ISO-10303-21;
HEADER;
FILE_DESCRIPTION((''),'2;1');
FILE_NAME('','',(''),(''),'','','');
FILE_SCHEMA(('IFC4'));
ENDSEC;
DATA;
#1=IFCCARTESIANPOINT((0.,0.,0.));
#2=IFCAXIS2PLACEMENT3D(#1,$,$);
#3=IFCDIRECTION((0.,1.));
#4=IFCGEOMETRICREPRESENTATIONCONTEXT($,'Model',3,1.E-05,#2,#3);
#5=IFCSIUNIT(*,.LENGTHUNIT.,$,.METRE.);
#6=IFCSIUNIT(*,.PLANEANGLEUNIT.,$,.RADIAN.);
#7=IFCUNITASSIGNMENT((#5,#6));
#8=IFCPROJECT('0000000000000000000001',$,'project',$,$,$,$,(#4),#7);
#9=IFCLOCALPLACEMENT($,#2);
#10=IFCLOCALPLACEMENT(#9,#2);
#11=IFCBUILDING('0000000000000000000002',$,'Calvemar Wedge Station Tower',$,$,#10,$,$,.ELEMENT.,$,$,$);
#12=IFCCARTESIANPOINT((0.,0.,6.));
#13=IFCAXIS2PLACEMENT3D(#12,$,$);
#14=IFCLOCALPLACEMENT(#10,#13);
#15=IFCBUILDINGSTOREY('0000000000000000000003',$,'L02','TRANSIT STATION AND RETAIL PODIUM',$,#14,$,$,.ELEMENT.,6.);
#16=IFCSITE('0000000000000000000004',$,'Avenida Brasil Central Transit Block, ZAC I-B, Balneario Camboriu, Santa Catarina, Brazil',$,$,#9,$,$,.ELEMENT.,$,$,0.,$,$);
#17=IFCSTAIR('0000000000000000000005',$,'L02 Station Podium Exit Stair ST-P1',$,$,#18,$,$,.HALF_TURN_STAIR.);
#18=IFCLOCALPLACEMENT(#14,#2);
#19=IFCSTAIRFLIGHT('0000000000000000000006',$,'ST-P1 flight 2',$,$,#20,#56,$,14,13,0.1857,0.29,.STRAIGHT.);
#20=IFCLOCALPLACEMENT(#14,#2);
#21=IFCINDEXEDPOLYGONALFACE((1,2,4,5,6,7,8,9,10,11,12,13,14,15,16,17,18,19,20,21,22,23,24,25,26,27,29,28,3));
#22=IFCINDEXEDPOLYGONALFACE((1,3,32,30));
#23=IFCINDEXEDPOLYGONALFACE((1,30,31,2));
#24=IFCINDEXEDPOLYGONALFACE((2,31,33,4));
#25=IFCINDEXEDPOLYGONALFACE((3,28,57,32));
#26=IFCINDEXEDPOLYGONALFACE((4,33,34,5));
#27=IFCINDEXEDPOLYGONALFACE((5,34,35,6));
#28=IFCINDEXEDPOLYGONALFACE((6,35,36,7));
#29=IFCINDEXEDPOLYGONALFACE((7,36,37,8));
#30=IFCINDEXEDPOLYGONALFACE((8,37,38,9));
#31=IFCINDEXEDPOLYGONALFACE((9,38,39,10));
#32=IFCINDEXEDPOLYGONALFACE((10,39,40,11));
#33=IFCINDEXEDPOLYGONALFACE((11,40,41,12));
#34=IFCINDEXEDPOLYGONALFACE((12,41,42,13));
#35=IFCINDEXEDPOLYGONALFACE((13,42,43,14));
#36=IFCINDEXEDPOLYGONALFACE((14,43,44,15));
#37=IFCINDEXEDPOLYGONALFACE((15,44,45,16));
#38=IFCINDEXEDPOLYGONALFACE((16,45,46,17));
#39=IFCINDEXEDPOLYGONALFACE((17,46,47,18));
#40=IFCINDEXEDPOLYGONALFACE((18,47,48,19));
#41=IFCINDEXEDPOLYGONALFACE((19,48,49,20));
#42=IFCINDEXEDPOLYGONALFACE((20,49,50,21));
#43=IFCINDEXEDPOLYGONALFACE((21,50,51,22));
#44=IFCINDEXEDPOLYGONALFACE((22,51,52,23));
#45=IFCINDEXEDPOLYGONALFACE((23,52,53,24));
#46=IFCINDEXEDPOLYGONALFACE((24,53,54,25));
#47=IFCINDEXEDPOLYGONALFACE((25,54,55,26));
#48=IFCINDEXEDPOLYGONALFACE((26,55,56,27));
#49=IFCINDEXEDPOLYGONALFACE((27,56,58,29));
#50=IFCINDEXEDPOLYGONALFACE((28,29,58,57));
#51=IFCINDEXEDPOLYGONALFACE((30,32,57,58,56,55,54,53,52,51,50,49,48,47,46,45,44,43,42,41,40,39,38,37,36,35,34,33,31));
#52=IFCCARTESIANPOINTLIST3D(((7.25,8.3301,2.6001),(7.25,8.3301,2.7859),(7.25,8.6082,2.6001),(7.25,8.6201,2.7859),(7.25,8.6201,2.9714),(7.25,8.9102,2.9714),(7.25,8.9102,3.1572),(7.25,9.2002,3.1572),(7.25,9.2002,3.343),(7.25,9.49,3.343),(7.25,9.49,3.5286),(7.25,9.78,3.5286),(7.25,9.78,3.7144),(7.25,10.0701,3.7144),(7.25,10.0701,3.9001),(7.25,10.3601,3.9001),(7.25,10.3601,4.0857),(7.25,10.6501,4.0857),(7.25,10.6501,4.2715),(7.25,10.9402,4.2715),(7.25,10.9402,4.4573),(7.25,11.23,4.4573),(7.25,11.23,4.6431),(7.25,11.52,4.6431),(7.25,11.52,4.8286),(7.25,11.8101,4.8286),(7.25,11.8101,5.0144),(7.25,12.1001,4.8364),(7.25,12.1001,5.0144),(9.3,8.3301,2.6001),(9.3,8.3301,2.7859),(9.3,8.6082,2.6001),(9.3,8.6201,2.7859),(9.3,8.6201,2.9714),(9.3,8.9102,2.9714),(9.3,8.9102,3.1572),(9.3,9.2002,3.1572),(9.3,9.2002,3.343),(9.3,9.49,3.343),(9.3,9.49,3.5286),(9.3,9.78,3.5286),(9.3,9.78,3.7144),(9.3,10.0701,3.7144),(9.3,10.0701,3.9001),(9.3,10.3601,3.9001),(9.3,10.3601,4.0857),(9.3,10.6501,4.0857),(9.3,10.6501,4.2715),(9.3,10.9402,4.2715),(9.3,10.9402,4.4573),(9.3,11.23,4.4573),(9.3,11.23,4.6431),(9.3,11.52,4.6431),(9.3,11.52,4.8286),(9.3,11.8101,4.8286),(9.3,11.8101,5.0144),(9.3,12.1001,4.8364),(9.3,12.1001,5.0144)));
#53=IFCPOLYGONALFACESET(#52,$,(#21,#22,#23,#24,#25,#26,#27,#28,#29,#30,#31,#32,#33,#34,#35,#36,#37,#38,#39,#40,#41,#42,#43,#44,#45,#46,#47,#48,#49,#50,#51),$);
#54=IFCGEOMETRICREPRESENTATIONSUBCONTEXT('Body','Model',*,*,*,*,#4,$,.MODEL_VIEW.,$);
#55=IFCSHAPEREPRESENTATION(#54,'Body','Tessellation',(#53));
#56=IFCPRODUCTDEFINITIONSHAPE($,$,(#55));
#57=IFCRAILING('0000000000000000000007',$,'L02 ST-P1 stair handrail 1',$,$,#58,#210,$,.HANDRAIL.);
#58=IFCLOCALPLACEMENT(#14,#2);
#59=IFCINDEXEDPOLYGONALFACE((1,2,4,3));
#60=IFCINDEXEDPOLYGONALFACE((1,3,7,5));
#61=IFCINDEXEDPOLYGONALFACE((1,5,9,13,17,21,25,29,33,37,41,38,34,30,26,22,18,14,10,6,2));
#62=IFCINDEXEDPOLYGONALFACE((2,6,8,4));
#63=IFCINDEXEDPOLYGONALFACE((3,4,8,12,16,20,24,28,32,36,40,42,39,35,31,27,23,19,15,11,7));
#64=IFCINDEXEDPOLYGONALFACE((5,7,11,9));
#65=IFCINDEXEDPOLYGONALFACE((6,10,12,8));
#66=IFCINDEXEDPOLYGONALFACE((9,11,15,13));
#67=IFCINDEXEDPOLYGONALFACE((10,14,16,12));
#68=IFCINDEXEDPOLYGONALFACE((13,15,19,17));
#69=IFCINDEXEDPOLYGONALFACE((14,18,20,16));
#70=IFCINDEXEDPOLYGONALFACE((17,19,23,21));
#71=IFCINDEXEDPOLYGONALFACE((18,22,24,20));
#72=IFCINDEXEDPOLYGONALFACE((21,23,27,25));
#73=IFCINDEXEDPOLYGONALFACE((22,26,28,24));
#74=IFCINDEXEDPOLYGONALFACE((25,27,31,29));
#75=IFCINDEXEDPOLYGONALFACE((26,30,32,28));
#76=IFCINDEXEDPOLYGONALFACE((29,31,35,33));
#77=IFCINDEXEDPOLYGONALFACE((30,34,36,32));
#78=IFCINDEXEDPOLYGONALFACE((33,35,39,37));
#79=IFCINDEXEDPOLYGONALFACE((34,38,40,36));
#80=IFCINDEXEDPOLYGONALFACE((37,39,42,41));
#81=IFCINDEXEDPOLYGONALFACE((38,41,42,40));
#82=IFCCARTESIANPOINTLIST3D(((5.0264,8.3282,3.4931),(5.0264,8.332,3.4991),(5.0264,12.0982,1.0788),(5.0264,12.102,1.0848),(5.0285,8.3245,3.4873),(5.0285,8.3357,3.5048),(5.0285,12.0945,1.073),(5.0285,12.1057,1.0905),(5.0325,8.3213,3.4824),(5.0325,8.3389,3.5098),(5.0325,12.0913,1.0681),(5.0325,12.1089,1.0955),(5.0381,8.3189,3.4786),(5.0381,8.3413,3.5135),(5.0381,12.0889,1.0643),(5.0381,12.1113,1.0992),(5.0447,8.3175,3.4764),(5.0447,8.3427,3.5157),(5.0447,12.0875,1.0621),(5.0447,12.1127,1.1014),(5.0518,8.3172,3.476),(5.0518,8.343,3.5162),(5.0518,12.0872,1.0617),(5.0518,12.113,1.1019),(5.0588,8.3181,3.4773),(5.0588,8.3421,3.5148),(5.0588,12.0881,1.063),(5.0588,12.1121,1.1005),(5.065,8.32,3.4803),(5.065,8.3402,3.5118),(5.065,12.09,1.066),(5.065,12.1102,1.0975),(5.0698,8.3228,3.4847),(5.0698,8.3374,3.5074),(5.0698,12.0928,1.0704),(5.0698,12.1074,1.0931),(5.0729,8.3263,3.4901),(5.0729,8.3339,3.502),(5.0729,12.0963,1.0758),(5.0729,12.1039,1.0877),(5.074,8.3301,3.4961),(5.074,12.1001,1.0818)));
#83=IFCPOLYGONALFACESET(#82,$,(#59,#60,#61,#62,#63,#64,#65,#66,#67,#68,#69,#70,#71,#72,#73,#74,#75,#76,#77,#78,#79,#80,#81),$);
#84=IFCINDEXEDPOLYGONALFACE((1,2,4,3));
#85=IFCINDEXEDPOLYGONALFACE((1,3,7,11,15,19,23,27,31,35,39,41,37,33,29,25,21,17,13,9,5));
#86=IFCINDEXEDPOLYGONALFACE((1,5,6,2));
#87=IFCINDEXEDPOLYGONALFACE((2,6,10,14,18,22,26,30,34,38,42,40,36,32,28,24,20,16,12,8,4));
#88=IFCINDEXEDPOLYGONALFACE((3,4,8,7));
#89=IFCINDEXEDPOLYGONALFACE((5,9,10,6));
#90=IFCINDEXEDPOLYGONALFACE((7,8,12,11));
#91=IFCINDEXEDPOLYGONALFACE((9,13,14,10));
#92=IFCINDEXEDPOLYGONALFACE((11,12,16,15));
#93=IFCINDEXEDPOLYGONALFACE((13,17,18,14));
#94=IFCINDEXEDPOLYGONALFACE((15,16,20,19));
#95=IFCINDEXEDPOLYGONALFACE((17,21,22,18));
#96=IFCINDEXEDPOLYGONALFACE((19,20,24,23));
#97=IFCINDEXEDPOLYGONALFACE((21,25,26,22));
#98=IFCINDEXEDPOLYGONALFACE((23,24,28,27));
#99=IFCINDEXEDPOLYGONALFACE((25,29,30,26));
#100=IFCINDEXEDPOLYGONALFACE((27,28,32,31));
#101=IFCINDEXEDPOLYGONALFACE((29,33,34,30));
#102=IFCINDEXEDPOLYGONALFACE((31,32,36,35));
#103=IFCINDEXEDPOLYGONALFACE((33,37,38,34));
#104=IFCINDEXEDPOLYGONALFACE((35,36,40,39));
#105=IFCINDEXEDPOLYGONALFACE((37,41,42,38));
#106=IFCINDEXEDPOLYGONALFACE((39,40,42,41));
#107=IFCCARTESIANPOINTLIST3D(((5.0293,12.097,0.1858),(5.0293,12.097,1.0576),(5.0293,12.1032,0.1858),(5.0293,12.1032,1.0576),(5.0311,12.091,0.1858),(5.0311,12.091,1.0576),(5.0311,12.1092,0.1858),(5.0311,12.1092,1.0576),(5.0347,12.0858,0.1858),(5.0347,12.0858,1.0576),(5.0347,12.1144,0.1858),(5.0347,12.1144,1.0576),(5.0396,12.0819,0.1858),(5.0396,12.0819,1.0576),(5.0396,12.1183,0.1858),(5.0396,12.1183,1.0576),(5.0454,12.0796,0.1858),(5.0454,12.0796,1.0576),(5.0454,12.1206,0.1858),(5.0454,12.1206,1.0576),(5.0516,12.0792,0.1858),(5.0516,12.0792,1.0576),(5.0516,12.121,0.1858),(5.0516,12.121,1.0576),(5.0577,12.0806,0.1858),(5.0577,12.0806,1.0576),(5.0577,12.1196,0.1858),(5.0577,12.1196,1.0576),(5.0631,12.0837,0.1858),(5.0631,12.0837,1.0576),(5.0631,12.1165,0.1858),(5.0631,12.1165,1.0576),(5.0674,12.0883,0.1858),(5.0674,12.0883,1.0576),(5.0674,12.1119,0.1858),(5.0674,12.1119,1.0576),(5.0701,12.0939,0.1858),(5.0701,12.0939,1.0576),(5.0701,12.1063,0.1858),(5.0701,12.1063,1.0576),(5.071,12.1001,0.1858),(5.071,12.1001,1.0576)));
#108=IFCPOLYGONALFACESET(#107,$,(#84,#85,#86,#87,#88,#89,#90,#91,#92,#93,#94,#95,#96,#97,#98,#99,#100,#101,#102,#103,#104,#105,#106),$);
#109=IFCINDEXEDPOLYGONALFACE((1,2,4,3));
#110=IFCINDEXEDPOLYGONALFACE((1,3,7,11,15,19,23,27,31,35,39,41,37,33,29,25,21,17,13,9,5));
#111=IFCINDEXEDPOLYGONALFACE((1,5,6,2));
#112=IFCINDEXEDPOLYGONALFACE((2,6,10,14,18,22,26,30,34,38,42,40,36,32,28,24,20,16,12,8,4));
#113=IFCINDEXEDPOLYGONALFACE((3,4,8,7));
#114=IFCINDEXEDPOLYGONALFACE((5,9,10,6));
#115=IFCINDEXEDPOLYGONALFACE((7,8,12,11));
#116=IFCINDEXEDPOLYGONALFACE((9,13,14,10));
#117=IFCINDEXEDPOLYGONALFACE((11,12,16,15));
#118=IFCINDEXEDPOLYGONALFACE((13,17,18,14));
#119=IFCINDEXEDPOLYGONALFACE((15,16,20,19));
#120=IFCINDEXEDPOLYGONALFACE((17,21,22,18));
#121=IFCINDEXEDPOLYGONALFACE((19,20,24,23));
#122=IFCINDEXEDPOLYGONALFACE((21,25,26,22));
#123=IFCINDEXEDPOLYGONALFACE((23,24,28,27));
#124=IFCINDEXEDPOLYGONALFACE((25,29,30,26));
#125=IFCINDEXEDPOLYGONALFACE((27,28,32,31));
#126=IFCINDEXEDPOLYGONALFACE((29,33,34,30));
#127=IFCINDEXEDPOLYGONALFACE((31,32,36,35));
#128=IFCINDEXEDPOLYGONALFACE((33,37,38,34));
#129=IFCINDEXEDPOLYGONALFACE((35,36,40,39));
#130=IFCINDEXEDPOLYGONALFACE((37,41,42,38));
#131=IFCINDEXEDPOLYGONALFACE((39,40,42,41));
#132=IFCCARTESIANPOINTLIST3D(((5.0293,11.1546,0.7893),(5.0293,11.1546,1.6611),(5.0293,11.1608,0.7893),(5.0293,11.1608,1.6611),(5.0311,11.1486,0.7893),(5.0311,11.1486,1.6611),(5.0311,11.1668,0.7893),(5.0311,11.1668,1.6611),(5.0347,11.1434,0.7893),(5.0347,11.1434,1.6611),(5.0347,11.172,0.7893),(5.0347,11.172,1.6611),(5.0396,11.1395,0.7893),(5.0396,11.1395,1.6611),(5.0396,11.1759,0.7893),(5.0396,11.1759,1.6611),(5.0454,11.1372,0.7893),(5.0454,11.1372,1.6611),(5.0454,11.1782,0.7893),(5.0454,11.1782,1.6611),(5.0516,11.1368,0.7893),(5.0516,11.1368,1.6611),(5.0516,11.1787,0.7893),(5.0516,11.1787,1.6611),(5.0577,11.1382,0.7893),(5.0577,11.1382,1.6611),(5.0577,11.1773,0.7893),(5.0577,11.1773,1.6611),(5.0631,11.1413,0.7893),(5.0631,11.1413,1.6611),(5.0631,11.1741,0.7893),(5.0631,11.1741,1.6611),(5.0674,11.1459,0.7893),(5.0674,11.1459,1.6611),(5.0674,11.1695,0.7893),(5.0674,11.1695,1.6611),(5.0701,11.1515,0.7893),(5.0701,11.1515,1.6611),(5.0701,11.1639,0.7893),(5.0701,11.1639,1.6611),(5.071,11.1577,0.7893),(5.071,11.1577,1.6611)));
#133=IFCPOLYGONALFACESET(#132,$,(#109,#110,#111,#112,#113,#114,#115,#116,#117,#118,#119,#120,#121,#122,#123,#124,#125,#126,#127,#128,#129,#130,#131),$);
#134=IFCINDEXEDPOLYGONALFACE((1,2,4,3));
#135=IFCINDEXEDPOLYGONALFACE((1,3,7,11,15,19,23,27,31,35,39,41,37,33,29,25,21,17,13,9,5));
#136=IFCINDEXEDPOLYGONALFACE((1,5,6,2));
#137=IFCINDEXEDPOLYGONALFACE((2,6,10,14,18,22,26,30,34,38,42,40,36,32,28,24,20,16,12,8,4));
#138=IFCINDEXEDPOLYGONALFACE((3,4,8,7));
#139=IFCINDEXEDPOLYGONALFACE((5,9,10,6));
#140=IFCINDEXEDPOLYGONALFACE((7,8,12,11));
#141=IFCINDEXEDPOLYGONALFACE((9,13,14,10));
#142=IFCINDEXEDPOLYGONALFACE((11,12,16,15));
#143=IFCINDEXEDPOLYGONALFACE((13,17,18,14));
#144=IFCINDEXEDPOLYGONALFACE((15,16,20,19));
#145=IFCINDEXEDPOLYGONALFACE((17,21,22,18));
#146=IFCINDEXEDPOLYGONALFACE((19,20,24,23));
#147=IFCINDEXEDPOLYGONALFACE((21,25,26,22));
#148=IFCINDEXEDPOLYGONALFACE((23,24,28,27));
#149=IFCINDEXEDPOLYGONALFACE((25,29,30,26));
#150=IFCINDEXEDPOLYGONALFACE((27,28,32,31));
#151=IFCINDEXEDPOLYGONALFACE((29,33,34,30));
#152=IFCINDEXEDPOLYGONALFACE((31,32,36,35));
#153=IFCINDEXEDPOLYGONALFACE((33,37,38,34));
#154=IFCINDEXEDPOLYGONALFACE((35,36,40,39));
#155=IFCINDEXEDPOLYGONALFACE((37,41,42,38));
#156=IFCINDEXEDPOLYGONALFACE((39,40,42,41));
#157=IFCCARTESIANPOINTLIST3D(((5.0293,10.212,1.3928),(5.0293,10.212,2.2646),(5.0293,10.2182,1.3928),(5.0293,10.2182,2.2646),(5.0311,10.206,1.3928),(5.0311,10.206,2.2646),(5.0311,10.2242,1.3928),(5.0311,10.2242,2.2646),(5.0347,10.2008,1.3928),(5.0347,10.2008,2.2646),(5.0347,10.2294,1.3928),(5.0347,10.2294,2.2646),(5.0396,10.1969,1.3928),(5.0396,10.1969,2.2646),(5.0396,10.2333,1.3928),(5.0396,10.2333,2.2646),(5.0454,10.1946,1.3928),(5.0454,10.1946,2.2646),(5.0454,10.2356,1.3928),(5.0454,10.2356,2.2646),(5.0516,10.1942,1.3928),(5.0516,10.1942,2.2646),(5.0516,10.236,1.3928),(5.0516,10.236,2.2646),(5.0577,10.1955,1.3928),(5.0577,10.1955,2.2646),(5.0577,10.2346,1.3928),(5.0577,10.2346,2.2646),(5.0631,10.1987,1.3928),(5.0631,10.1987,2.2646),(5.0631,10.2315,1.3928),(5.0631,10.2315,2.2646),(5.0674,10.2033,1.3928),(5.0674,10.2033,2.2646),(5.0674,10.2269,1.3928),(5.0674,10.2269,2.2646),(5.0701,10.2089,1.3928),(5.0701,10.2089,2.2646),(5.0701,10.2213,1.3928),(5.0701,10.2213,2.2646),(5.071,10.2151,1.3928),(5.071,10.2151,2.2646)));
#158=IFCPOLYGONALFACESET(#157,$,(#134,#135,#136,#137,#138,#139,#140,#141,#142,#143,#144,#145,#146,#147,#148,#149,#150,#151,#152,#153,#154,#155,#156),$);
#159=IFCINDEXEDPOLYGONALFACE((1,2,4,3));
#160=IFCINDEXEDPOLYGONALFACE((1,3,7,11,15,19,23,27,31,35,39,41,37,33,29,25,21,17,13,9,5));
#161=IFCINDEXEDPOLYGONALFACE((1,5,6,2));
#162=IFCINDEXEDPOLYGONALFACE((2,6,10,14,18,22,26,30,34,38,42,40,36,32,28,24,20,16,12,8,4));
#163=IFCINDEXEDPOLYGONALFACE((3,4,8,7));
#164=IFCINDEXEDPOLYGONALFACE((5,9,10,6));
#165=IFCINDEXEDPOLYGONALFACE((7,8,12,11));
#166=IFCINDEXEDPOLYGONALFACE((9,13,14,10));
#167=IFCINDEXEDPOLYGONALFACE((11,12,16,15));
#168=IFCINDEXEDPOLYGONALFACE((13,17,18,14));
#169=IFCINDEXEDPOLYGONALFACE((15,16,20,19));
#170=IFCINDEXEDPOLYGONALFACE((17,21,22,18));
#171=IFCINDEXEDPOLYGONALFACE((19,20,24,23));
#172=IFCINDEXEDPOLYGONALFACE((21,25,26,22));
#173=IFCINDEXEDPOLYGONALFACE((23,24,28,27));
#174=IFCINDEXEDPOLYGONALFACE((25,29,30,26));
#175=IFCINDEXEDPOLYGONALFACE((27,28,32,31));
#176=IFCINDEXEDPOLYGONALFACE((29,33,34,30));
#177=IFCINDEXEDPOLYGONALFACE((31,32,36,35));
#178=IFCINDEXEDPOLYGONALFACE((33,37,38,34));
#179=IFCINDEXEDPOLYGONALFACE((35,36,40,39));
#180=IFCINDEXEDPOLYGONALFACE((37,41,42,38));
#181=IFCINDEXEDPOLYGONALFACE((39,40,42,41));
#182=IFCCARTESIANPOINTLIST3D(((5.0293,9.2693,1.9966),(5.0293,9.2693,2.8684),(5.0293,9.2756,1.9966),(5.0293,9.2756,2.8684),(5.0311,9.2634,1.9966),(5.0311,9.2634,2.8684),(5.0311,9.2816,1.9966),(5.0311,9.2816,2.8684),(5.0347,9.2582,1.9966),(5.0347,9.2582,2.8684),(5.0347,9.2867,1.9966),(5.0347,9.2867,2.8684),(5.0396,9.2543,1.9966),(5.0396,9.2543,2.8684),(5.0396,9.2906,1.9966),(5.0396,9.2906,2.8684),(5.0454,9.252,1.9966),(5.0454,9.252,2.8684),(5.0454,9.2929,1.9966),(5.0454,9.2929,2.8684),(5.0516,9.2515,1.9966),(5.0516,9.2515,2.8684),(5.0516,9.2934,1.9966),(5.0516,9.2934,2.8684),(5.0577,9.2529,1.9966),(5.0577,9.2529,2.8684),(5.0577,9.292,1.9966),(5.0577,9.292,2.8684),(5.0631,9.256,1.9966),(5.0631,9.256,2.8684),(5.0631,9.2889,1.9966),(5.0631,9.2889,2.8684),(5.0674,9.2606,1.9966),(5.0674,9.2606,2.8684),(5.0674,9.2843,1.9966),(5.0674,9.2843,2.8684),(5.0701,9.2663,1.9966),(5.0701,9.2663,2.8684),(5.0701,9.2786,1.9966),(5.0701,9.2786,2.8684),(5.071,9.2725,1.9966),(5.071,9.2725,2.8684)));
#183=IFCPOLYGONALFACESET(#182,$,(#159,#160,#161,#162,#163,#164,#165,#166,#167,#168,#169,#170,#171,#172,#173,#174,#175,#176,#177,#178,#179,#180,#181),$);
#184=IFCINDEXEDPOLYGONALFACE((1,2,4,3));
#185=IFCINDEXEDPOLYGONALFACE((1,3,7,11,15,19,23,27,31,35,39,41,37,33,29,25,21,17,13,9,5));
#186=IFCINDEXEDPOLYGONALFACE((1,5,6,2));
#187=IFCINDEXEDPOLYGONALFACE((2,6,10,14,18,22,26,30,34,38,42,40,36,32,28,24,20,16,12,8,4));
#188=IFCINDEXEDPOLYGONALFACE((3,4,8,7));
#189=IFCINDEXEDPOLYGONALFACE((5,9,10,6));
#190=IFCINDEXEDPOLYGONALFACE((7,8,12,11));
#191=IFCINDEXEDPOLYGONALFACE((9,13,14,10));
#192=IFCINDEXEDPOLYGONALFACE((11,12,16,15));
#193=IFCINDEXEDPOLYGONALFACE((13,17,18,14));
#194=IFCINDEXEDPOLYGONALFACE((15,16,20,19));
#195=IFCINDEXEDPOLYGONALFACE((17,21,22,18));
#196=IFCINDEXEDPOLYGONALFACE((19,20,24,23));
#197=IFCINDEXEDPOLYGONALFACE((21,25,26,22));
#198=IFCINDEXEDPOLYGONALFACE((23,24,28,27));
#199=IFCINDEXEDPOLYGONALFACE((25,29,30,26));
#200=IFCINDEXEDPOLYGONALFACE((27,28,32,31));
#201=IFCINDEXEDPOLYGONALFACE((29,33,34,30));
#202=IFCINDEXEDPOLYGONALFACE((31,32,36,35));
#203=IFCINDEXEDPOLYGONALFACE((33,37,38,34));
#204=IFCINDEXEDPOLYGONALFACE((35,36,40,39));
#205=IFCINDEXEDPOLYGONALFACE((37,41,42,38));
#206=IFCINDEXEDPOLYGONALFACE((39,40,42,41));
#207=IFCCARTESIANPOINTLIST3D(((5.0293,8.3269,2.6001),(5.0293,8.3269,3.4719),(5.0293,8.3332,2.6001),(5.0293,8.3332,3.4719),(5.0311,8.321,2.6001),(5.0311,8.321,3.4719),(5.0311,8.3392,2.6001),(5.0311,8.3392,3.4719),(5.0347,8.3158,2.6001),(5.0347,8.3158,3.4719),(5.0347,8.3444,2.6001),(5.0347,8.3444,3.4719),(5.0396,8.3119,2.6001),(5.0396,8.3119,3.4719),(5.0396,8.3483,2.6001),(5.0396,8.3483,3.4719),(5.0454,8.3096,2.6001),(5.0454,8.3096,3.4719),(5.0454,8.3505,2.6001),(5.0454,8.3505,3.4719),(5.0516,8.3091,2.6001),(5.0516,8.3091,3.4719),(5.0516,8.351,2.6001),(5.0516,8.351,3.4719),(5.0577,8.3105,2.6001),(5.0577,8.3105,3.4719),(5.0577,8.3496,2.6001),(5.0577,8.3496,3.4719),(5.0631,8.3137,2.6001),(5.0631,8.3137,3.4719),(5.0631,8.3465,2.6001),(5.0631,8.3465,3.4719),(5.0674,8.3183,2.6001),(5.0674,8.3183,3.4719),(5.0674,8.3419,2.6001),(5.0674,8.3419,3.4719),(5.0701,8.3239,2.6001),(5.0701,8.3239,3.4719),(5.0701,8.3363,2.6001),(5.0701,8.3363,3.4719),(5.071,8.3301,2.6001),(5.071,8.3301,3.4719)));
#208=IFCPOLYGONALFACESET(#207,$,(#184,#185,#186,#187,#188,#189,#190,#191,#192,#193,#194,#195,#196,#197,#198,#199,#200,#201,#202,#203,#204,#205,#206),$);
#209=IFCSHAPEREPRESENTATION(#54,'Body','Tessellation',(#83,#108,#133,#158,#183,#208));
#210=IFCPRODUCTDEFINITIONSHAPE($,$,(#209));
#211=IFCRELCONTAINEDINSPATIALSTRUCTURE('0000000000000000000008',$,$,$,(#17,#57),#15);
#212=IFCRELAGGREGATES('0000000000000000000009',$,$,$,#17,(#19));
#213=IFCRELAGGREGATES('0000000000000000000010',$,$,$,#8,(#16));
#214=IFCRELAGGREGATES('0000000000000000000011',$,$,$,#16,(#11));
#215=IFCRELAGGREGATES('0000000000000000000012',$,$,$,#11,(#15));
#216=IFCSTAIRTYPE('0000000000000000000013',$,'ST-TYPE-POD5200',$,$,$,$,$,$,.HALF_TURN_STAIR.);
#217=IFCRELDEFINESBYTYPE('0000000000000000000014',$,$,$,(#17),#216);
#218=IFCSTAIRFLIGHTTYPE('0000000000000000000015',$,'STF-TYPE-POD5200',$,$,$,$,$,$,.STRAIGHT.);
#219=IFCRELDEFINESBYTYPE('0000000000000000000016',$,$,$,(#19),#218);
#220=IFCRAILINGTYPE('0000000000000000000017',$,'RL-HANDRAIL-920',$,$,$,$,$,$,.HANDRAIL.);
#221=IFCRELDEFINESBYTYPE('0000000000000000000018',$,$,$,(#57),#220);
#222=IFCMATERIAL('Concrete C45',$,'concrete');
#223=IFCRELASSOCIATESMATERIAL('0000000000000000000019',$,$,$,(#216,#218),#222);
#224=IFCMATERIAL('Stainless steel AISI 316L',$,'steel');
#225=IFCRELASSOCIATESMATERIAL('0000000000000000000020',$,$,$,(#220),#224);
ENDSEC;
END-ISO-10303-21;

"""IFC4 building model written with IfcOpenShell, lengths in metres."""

from ifc_helpers import new_model, si_unit, direction, frame, origin, origin_2d, place, context, subcontext, project, spatial, polyline, circle, outline, extrude, material, type_object, element, aggregate, save


model = new_model("IFC4")

# Units and contexts
model_context = context("Model", 3, precision=1e-05, world=origin(), true_north=direction((0.0, 1.0)))
body_context = subcontext(model_context, "Body", "Model", "MODEL_VIEW")
ifc_project = project(units=[si_unit("LENGTHUNIT", "METRE"), si_unit("PLANEANGLEUNIT", "RADIAN")], contexts=[model_context])

# Site, building, storey
site_placement = place(None, origin())
site = spatial("IfcSite", under=ifc_project, at=site_placement, Name="Avenida Brasil Central Transit Block, ZAC I-B, Balneario Camboriu, Santa Catarina, Brazil", CompositionType="ELEMENT", RefElevation=0.0)
building_placement = place(site_placement, origin())
building = spatial("IfcBuilding", under=site, at=building_placement, Name="Calvemar Wedge Station Tower", CompositionType="ELEMENT")
storey_placement = place(building_placement, frame((0.0, 0.0, 6.0)))
storey = spatial("IfcBuildingStorey", under=building, at=storey_placement, Name="L02", Description="TRANSIT STATION AND RETAIL PODIUM", CompositionType="ELEMENT", Elevation=6.0)

# Stair, stair flight
ifc_material_1 = material(Name="Concrete C45", Category="concrete")
stair_type = type_object("IfcStairType", Name="ST-TYPE-POD5200", PredefinedType="HALF_TURN_STAIR", material=ifc_material_1)
stair_placement = place(storey_placement, origin())
stair = element("IfcStair", 1, at=stair_placement, inside=storey, type_object=stair_type, Name="L02 Station Podium Exit Stair ST-P1", PredefinedType="HALF_TURN_STAIR")
stair_flight_type = type_object("IfcStairFlightType", Name="STF-TYPE-POD5200", PredefinedType="STRAIGHT", material=ifc_material_1)
stair_flight_1_placement = place(storey_placement, frame((8.2749, 8.3301, 2.6001), z_axis=(0.0, 0.0, 1.0), x_axis=(0.0, 1.0, 0.0)))
stair_flight_1 = element("IfcStairFlight", 2, at=stair_flight_1_placement, type_object=stair_flight_type, Name="ST-P1 flight 2", NumberOfRisers=14, NumberOfTreads=13, PredefinedType="STRAIGHT", RiserHeight=0.1857, TreadLength=0.29, context=body_context, shape_type="SweptSolid", body=[
    extrude(outline(polyline([(0.0, 0.0), (0.0, 0.1858), (0.29, 0.1858), (0.29, 0.3713), (0.5801, 0.3713), (0.5801, 0.5571), (0.8701, 0.5571), (0.8701, 0.7429), (1.1599, 0.7429), (1.1599, 0.9285), (1.45, 0.9285), (1.45, 1.1143), (1.74, 1.1143), (1.74, 1.3), (2.03, 1.3), (2.03, 1.4856), (2.3201, 1.4856), (2.3201, 1.6714), (2.6101, 1.6714), (2.6101, 1.8572), (2.8999, 1.8572), (2.8999, 2.043), (3.1899, 2.043), (3.1899, 2.2285), (3.48, 2.2285), (3.48, 2.4143), (3.77, 2.4143), (3.77, 2.6001), (3.77, 2.2363), (0.2781, 0.0), (0.0, 0.0)])), frame((0.0, 1.0249, 0.0), z_axis=(0.0, -1.0, 0.0), x_axis=(1.0, 0.0, 0.0)), (0.0, 0.0, 1.0), 2.05),
])
aggregate(stair, [stair_flight_1])

# Railing
ifc_material_2 = material(Name="Stainless steel AISI 316L", Category="steel")
railing_type_1 = type_object("IfcRailingType", Name="RL-HANDRAIL-920", PredefinedType="HANDRAIL", material=ifc_material_2)
railing_1_placement = place(storey_placement, frame((5.05, 12.1001, 0.1858)))
element("IfcRailing", 3, at=railing_1_placement, inside=storey, type_object=railing_type_1, Name="L02 ST-P1 stair handrail 1", PredefinedType="HANDRAIL", context=body_context, shape_type="SweptSolid", body=[
    extrude(circle(Radius=0.0239, at=origin_2d()), frame((0.0, 0.0, 0.896), z_axis=(0.0, -0.84212, 0.53929), x_axis=(1.0, 0.0, 0.0)), (0.0, 0.0, 1.0), 4.4768),
    extrude(circle(Radius=0.021, at=origin_2d()), origin(), (0.0, 0.0, 1.0), 0.8718),
    extrude(circle(Radius=0.021, at=origin_2d()), frame((0.0, -0.9424, 0.6035)), (0.0, 0.0, 1.0), 0.8718),
    extrude(circle(Radius=0.021, at=origin_2d()), frame((0.0, -1.885, 1.207)), (0.0, 0.0, 1.0), 0.8718),
    extrude(circle(Radius=0.021, at=origin_2d()), frame((0.0, -2.8276, 1.8108)), (0.0, 0.0, 1.0), 0.8718),
    extrude(circle(Radius=0.021, at=origin_2d()), frame((0.0, -3.77, 2.4143)), (0.0, 0.0, 1.0), 0.8718),
])

save(model, "model.ifc")
